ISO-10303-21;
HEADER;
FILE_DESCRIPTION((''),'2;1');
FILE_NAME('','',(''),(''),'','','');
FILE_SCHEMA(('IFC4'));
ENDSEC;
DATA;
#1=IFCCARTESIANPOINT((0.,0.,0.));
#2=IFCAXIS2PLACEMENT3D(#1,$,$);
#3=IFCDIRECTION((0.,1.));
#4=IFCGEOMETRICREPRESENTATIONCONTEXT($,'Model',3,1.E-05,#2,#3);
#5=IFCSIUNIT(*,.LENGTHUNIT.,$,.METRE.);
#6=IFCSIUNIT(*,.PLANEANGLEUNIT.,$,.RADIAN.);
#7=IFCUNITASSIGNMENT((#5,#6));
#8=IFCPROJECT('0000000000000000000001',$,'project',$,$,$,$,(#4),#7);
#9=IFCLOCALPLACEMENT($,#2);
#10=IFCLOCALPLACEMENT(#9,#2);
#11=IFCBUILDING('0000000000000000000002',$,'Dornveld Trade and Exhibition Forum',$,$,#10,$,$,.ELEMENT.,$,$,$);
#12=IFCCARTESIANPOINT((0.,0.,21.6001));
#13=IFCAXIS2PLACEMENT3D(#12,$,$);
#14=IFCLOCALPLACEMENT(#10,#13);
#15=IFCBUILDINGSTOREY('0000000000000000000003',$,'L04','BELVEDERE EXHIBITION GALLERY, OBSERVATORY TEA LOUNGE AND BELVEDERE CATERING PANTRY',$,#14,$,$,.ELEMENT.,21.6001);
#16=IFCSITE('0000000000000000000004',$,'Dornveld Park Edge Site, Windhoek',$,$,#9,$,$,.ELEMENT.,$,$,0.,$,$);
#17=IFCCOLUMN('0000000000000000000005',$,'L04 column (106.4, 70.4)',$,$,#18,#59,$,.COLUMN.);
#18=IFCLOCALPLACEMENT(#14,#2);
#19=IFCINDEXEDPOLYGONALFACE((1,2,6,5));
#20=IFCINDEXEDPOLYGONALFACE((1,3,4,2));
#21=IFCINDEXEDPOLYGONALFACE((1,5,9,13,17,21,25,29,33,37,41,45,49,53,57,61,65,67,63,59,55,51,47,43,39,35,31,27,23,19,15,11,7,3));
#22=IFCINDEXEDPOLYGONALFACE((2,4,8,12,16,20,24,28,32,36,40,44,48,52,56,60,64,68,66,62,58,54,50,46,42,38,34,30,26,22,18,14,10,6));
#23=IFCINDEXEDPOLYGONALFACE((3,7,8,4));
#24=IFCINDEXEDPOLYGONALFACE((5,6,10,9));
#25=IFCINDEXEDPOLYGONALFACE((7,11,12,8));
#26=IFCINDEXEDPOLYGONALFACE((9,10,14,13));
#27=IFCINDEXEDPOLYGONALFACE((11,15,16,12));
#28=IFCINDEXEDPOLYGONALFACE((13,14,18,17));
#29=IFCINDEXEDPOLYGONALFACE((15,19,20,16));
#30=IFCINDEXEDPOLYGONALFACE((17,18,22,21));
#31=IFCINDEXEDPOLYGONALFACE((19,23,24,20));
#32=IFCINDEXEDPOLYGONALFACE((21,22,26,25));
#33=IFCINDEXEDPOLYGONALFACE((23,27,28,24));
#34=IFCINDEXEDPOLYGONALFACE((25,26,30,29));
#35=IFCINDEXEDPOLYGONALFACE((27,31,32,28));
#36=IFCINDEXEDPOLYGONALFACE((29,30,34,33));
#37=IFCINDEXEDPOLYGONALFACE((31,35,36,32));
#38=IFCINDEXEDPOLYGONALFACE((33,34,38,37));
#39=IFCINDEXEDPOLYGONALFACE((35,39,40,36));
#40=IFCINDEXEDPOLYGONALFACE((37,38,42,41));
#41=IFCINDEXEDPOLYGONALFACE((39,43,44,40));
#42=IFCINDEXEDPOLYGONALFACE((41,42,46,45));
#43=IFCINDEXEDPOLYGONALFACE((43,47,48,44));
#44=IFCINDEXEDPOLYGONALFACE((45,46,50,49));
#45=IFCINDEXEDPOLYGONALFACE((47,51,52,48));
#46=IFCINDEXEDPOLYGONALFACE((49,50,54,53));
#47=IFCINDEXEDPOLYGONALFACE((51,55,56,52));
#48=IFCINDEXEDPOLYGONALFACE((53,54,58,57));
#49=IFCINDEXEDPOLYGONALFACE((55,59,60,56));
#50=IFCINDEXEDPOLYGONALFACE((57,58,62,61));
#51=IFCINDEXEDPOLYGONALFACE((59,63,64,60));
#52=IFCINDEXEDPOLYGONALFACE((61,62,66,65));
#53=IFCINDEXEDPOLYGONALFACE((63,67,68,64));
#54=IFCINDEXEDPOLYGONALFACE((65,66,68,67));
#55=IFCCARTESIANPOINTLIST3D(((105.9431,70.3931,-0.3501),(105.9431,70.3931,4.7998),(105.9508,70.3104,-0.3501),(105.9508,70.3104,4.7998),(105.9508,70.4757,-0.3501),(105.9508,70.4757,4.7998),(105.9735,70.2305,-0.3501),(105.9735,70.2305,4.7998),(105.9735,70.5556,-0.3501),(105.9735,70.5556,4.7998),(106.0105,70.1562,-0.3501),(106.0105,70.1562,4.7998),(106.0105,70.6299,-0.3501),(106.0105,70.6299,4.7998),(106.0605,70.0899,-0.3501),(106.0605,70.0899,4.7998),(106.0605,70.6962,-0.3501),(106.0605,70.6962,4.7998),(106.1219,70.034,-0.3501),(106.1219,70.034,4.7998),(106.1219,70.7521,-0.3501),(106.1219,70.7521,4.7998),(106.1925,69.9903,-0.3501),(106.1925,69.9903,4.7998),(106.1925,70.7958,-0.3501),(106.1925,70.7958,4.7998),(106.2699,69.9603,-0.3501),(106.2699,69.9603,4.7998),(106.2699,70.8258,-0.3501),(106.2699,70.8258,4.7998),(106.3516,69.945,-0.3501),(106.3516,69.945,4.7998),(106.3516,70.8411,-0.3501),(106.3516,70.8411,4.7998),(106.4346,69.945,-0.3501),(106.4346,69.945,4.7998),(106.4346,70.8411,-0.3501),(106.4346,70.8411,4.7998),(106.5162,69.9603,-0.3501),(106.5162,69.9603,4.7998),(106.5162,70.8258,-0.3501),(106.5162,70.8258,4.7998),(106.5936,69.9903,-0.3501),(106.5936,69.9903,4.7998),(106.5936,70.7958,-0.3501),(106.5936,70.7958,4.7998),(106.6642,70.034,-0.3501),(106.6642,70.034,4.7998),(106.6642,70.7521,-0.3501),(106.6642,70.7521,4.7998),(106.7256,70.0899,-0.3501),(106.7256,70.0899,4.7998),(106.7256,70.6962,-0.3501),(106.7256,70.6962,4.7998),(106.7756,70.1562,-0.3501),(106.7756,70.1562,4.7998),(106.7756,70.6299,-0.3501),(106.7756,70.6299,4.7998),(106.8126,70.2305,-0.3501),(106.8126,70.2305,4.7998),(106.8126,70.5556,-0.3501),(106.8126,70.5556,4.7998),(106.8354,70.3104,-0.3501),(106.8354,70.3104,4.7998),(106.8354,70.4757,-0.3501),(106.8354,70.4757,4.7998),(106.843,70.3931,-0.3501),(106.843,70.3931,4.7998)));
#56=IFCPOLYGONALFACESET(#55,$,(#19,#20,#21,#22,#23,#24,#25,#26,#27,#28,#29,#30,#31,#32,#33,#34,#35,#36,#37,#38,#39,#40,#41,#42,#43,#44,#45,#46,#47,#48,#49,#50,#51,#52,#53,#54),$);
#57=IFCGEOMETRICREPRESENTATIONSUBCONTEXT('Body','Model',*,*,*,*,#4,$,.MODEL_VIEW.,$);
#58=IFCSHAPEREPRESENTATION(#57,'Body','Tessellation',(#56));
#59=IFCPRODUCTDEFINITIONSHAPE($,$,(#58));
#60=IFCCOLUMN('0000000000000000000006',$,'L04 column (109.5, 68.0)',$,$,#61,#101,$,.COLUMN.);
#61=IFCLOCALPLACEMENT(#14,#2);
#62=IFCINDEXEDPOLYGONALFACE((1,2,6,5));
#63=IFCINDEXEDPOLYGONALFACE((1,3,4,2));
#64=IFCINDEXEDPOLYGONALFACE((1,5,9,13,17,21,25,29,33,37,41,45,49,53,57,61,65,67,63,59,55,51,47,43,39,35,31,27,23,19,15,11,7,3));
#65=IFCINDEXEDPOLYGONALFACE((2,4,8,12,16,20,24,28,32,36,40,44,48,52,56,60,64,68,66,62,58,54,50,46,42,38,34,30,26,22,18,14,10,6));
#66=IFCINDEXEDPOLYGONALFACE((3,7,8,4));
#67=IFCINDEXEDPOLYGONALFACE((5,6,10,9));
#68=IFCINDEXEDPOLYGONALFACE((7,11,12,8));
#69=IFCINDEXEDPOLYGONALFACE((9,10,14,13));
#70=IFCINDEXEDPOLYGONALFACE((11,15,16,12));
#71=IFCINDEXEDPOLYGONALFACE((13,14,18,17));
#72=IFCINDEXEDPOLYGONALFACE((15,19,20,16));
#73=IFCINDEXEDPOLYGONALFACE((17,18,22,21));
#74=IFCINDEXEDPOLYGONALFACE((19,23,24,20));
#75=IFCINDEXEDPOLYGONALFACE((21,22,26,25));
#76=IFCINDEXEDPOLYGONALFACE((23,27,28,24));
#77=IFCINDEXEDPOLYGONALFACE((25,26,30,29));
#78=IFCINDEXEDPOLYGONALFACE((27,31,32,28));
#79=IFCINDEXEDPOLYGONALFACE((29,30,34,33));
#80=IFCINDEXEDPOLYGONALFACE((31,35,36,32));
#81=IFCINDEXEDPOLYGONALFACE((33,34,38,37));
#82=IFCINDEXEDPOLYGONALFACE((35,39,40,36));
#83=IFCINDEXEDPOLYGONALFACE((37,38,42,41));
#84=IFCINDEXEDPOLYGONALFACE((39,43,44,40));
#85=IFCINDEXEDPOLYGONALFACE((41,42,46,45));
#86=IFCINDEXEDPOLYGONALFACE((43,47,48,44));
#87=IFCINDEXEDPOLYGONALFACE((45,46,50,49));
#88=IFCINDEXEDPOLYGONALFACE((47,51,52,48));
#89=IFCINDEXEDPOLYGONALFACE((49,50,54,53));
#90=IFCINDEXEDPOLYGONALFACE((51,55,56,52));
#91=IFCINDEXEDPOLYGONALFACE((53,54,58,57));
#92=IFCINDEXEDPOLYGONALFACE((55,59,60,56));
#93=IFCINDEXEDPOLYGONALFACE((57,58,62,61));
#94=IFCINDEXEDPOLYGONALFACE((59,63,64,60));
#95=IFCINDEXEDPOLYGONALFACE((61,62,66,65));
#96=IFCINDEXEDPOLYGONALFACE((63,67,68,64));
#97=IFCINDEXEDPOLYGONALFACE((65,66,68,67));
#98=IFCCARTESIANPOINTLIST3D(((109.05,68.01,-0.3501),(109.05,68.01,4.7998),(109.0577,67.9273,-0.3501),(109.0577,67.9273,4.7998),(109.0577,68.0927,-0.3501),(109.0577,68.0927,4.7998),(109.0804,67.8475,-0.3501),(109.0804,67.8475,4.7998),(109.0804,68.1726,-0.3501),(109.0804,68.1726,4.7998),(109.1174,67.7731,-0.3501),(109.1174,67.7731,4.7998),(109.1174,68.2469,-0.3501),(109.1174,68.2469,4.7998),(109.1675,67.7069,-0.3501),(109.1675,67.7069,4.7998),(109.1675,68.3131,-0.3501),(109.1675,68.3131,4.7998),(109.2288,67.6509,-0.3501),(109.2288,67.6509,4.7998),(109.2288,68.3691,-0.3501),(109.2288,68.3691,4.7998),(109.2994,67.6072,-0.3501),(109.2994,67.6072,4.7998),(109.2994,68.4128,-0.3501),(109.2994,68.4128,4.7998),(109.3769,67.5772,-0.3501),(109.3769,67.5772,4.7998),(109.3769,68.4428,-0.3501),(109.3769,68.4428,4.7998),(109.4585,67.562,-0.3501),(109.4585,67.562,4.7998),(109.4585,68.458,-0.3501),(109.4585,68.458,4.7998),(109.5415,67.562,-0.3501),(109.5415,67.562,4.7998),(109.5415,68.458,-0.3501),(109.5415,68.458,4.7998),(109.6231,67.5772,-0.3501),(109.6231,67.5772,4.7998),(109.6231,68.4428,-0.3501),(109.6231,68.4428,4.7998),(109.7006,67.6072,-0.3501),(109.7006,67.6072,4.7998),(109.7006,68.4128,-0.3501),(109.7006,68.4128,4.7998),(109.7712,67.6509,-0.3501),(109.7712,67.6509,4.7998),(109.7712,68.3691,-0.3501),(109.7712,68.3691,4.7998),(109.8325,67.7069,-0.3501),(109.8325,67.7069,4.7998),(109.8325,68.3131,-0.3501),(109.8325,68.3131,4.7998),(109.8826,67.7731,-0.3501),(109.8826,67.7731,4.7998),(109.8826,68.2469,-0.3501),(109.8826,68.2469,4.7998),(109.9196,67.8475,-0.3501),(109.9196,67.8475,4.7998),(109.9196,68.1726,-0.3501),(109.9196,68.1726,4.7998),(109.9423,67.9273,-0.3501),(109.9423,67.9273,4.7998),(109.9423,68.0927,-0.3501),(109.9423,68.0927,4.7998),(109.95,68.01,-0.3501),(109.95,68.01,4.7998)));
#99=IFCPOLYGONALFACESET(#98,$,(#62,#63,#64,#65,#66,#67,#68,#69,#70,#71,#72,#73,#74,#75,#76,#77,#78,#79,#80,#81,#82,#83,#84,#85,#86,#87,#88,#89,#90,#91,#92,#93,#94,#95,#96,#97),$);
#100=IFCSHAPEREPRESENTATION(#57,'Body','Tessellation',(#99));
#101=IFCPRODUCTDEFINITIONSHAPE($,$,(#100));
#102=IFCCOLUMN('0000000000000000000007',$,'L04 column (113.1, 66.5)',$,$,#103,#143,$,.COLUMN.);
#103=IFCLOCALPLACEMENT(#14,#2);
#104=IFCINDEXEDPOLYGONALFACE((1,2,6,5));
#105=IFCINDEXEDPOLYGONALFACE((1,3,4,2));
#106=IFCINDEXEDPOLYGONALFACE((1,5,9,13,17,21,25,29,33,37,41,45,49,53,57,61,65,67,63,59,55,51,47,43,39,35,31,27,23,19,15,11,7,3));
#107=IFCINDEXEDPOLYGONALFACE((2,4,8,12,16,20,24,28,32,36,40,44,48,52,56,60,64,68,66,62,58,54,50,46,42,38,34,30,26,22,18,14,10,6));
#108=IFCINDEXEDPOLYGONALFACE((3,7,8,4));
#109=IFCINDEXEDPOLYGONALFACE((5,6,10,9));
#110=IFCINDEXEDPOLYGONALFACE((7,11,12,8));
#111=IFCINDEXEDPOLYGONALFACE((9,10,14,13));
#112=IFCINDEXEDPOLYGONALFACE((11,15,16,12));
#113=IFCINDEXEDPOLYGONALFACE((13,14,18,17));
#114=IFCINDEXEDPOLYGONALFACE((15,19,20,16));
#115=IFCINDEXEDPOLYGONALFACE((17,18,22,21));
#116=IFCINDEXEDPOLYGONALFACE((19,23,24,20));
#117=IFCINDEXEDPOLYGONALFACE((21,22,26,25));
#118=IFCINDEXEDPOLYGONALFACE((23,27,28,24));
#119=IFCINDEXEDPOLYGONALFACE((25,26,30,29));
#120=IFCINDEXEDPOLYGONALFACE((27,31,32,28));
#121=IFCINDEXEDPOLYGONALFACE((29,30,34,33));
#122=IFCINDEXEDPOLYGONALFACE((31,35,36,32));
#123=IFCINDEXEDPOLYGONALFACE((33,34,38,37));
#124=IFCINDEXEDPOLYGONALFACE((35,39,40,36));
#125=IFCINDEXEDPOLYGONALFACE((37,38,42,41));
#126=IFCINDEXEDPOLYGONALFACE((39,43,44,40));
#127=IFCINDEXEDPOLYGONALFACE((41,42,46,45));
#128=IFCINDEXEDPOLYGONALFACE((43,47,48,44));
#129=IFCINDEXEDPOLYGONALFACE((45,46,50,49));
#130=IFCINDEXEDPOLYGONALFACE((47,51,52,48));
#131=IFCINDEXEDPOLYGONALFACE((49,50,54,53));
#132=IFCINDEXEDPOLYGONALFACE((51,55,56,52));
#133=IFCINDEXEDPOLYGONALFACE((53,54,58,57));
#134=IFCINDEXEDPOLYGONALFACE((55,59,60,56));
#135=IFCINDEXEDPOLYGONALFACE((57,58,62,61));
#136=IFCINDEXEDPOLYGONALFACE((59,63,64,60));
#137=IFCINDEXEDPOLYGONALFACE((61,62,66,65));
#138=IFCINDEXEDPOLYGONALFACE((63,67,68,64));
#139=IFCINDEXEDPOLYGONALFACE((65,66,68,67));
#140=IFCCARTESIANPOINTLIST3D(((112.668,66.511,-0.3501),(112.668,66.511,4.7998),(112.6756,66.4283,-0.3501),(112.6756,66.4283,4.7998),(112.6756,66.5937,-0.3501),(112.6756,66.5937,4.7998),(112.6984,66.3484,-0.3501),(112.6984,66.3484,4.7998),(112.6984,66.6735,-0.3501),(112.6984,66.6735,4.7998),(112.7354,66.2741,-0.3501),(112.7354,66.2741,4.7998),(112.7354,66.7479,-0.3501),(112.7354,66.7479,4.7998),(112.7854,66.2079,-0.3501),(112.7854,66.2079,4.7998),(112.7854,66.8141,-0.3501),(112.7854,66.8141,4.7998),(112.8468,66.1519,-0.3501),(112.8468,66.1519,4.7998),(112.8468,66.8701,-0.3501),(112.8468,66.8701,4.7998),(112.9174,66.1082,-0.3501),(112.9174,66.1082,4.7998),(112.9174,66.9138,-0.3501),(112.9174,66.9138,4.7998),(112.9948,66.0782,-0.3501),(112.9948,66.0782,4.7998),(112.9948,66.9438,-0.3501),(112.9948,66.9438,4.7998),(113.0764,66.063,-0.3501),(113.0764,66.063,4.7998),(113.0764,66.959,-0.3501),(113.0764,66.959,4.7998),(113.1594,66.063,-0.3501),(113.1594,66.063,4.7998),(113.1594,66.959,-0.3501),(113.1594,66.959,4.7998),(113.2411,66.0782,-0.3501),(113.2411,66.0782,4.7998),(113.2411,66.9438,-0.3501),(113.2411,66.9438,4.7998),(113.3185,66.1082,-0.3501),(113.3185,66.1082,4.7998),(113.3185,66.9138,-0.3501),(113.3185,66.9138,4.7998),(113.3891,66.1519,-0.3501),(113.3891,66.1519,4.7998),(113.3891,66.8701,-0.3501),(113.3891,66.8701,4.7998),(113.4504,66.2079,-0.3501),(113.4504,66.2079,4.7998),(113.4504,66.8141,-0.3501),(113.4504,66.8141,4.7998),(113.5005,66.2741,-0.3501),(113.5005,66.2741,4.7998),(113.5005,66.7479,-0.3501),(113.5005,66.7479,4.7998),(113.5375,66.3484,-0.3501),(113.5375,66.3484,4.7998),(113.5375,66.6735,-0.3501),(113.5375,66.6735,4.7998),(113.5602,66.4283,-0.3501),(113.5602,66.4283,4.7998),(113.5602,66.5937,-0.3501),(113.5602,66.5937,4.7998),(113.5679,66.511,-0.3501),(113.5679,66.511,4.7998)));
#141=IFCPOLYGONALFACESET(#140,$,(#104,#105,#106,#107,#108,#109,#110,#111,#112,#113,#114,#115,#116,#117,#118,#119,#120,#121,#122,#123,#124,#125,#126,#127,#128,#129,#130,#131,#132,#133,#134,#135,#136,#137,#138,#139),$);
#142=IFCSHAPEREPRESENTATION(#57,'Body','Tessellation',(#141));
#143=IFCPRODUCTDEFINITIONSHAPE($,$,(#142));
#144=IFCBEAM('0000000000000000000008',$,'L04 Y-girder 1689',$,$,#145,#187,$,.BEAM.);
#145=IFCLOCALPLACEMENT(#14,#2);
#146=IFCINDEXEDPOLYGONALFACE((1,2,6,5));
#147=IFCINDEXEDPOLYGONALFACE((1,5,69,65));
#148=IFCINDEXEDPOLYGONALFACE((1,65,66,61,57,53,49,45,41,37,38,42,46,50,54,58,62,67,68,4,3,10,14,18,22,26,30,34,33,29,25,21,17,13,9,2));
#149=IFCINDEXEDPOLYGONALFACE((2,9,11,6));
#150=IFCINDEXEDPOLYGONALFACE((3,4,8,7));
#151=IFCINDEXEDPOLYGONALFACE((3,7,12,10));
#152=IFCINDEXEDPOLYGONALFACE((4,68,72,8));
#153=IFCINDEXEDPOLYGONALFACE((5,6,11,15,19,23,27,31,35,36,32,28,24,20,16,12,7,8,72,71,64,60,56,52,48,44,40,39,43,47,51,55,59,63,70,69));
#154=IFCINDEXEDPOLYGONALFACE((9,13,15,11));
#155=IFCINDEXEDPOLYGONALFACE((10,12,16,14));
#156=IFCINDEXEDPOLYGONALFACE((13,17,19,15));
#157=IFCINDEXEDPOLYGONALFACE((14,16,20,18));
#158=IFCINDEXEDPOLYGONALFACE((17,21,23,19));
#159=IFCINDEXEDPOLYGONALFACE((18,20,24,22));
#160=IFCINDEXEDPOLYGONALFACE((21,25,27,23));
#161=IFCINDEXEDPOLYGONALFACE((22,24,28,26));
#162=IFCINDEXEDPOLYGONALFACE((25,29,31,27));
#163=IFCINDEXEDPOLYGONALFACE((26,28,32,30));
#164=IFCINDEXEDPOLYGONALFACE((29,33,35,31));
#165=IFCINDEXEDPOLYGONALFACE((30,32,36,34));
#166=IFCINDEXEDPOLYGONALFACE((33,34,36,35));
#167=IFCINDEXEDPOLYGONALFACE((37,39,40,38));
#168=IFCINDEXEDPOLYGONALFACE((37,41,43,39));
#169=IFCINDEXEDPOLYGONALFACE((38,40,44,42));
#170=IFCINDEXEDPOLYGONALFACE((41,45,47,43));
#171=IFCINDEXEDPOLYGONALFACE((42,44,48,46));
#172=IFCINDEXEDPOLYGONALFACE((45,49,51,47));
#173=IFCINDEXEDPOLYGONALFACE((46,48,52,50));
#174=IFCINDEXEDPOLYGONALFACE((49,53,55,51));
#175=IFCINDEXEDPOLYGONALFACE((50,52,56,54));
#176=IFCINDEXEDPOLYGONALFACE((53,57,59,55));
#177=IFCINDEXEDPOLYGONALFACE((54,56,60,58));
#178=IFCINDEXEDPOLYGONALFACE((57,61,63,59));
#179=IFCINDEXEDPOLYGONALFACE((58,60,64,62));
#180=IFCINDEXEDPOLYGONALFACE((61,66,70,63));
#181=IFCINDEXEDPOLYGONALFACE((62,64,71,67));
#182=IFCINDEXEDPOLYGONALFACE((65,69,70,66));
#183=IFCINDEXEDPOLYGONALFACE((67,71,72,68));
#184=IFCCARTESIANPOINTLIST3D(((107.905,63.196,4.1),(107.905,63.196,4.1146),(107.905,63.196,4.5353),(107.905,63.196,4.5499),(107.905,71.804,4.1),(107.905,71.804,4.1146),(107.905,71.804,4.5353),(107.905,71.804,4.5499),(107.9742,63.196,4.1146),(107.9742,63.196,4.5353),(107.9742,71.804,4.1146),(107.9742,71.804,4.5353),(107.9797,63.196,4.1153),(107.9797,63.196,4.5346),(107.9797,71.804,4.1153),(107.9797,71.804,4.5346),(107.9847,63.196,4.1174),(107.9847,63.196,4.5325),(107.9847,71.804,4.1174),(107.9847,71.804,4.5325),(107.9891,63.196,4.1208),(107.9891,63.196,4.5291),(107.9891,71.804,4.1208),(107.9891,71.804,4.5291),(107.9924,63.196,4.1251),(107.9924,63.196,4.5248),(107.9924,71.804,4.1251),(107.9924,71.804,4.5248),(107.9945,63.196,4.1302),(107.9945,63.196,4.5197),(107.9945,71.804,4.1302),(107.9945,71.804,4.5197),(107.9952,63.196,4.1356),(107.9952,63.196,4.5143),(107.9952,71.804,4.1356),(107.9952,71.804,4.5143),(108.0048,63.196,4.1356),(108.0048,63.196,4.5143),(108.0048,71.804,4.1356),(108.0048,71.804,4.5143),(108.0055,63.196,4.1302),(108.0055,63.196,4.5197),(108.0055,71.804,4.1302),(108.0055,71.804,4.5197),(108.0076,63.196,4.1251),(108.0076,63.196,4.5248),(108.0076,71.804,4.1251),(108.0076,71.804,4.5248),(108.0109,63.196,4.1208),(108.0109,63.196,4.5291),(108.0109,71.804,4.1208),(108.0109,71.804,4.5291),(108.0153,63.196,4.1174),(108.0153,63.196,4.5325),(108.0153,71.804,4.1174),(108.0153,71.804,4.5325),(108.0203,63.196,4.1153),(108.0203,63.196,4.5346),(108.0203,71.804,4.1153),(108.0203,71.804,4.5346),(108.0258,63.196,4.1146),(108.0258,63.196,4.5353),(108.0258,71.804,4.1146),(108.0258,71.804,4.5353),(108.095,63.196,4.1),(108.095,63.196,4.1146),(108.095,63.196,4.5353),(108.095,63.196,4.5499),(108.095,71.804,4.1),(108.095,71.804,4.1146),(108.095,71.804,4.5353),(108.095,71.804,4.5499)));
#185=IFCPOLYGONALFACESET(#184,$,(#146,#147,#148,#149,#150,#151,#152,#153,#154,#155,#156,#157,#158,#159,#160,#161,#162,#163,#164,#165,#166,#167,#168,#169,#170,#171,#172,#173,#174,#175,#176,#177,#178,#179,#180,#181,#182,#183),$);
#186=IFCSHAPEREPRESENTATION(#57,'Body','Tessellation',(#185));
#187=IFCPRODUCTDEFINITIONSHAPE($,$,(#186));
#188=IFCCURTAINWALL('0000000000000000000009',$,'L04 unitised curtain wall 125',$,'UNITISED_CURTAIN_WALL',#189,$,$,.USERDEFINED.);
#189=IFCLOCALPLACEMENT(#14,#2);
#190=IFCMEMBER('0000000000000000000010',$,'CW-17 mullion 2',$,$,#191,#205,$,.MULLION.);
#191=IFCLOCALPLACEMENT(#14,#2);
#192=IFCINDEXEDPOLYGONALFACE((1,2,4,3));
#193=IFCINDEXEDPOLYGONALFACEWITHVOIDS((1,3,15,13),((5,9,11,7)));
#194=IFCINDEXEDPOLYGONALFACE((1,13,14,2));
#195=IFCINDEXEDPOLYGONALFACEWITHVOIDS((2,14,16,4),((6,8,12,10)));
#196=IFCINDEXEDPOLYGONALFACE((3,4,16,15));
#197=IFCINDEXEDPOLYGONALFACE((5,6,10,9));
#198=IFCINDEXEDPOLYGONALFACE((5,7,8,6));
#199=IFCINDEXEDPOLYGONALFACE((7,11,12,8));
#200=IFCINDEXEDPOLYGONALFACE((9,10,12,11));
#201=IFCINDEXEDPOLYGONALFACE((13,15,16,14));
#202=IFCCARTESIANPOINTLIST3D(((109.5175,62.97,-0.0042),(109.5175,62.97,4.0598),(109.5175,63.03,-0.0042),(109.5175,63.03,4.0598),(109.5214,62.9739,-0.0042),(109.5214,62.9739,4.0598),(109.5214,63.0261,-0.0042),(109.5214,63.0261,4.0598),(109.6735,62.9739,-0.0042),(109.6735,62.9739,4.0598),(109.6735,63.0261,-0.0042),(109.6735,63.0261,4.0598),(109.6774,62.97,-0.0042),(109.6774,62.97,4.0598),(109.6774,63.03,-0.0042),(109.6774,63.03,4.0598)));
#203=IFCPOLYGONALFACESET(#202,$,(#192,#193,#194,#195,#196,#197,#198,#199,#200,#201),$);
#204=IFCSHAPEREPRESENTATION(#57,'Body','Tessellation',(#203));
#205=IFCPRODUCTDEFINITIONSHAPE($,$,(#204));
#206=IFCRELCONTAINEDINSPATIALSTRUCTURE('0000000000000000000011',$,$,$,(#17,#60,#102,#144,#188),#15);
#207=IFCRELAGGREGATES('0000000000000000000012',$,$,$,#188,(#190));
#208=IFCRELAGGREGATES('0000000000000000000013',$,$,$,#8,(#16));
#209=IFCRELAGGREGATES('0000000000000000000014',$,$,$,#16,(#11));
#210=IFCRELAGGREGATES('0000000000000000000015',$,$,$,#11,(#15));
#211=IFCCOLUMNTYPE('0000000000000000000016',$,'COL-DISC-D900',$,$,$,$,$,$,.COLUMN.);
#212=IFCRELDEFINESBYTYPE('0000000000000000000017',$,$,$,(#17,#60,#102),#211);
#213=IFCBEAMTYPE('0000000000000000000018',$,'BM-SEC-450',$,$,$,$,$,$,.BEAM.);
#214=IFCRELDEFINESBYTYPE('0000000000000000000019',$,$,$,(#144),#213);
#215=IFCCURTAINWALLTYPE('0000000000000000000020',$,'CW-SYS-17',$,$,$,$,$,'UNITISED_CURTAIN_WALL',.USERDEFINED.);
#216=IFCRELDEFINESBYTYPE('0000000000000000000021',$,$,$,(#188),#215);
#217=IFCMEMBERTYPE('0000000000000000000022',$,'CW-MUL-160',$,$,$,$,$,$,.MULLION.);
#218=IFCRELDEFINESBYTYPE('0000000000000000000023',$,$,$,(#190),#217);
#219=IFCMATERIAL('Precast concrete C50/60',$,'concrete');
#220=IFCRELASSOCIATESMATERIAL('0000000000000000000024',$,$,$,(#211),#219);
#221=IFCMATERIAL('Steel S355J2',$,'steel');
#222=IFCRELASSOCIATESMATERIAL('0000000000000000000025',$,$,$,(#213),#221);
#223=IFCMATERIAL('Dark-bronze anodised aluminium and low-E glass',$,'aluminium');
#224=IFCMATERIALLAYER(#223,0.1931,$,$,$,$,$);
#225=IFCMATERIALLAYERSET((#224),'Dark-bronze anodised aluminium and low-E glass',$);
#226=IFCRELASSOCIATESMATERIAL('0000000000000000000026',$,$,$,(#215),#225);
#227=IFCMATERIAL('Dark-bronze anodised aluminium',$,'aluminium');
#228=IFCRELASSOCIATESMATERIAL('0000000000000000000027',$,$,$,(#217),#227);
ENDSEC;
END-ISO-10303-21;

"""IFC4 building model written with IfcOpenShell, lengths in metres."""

from ifc_helpers import new_model, si_unit, direction, frame, origin, origin_2d, place, context, subcontext, project, spatial, hollow_rectangle, circle, i_section, extrude, material, layer, layer_set, material_profile, profile_set, type_object, element, aggregate, save


model = new_model("IFC4")

# Units and contexts
model_context = context("Model", 3, precision=1e-05, world=origin(), true_north=direction((0.0, 1.0)))
body_context = subcontext(model_context, "Body", "Model", "MODEL_VIEW")
ifc_project = project(units=[si_unit("LENGTHUNIT", "METRE"), si_unit("PLANEANGLEUNIT", "RADIAN")], contexts=[model_context])

# Site, building, storey
site_placement = place(None, origin())
site = spatial("IfcSite", under=ifc_project, at=site_placement, Name="Dornveld Park Edge Site, Windhoek", CompositionType="ELEMENT", RefElevation=0.0)
building_placement = place(site_placement, origin())
building = spatial("IfcBuilding", under=site, at=building_placement, Name="Dornveld Trade and Exhibition Forum", CompositionType="ELEMENT")
storey_placement = place(building_placement, frame((0.0, 0.0, 21.6001)))
storey = spatial("IfcBuildingStorey", under=building, at=storey_placement, Name="L04", Description="BELVEDERE EXHIBITION GALLERY, OBSERVATORY TEA LOUNGE AND BELVEDERE CATERING PANTRY", CompositionType="ELEMENT", Elevation=21.6001)

# Columns
ifc_material_1 = material(Name="Precast concrete C50/60", Category="concrete")
ifc_material_profile_1 = material_profile(ifc_material_1, circle(Radius=0.45, at=origin_2d()), Name="PC-COL D900")
ifc_profile_set_1 = profile_set([ifc_material_profile_1], Name="Precast concrete C50/60")
column_type = type_object("IfcColumnType", Name="COL-DISC-D900", PredefinedType="COLUMN", material=ifc_profile_set_1)
for number, where, z_axis, x_axis, name in (
    (1, (106.3931, 70.3931, -0.3501), (0.0, 0.0, 1.0), (1.0, 0.0, 0.0), "L04 column (106.4, 70.4)"),
    (2, (109.5, 68.01, -0.3501), (0.0, 0.0, 1.0), (1.0, 0.0, 0.0), "L04 column (109.5, 68.0)"),
    (3, (113.1179, 66.511, -0.3501), (0.0, 0.0, 1.0), (1.0, 0.0, 0.0), "L04 column (113.1, 66.5)"),
):
    element("IfcColumn", number, at=place(storey_placement, frame(where, z_axis=z_axis, x_axis=x_axis)), inside=storey, type_object=column_type, Name=name, PredefinedType="COLUMN", context=body_context, shape_type="SweptSolid", body=[
        extrude(circle(Radius=0.45, at=origin_2d()), origin(), (0.0, 0.0, 1.0), 5.1499),
    ])

# Beam
ifc_material_2 = material(Name="Steel S355J2", Category="steel")
ifc_material_profile_2 = material_profile(ifc_material_2, i_section(OverallWidth=0.1899, OverallDepth=0.45, WebThickness=0.0095, FlangeThickness=0.0146, FilletRadius=0.021, at=origin_2d()), Name="IPE 450")
ifc_profile_set_2 = profile_set([ifc_material_profile_2], Name="Steel S355J2")
beam_type = type_object("IfcBeamType", Name="BM-SEC-450", PredefinedType="BEAM", material=ifc_profile_set_2)
beam_placement = place(storey_placement, frame((108.0, 63.196, 4.325), z_axis=(0.0, 1.0, 0.0), x_axis=(-1.0, 0.0, 0.0)))
element("IfcBeam", 4, at=beam_placement, inside=storey, type_object=beam_type, Name="L04 Y-girder 1689", PredefinedType="BEAM", context=body_context, shape_type="SweptSolid", body=[
    extrude(i_section(OverallWidth=0.1899, OverallDepth=0.45, WebThickness=0.0095, FlangeThickness=0.0146, FilletRadius=0.021, at=origin_2d()), origin(), (0.0, 0.0, 1.0), 8.6079),
])

# Curtain wall, member
ifc_material_3 = material(Name="Dark-bronze anodised aluminium and low-E glass", Category="aluminium")
ifc_layer_1 = layer(ifc_material_3, 0.1931)
ifc_layer_set_1 = layer_set([ifc_layer_1], Name="Dark-bronze anodised aluminium and low-E glass")
curtain_wall_type = type_object("IfcCurtainWallType", Name="CW-SYS-17", ElementType="UNITISED_CURTAIN_WALL", PredefinedType="USERDEFINED", material=ifc_layer_set_1)
curtain_wall_placement = place(storey_placement, origin())
curtain_wall = element("IfcCurtainWall", 5, at=curtain_wall_placement, inside=storey, type_object=curtain_wall_type, Name="L04 unitised curtain wall 125", ObjectType="UNITISED_CURTAIN_WALL", PredefinedType="USERDEFINED")
ifc_material_4 = material(Name="Dark-bronze anodised aluminium", Category="aluminium")
ifc_material_profile_3 = material_profile(ifc_material_4, hollow_rectangle(XDim=0.0601, YDim=0.1599, WallThickness=0.0039, at=origin_2d()), Name="RHS 160x60x4")
ifc_profile_set_3 = profile_set([ifc_material_profile_3], Name="Dark-bronze anodised aluminium")
member_type_1 = type_object("IfcMemberType", Name="CW-MUL-160", PredefinedType="MULLION", material=ifc_profile_set_3)
member_1_placement = place(storey_placement, frame((109.5974, 63.0, -0.0042), z_axis=(0.0, 0.0, 1.0), x_axis=(0.0, 1.0, 0.0)))
member_1 = element("IfcMember", 6, at=member_1_placement, type_object=member_type_1, Name="CW-17 mullion 2", PredefinedType="MULLION", context=body_context, shape_type="SweptSolid", body=[
    extrude(hollow_rectangle(XDim=0.0601, YDim=0.1599, WallThickness=0.0039, at=origin_2d()), origin(), (0.0, 0.0, 1.0), 4.064),
])
aggregate(curtain_wall, [member_1])

save(model, "model.ifc")
